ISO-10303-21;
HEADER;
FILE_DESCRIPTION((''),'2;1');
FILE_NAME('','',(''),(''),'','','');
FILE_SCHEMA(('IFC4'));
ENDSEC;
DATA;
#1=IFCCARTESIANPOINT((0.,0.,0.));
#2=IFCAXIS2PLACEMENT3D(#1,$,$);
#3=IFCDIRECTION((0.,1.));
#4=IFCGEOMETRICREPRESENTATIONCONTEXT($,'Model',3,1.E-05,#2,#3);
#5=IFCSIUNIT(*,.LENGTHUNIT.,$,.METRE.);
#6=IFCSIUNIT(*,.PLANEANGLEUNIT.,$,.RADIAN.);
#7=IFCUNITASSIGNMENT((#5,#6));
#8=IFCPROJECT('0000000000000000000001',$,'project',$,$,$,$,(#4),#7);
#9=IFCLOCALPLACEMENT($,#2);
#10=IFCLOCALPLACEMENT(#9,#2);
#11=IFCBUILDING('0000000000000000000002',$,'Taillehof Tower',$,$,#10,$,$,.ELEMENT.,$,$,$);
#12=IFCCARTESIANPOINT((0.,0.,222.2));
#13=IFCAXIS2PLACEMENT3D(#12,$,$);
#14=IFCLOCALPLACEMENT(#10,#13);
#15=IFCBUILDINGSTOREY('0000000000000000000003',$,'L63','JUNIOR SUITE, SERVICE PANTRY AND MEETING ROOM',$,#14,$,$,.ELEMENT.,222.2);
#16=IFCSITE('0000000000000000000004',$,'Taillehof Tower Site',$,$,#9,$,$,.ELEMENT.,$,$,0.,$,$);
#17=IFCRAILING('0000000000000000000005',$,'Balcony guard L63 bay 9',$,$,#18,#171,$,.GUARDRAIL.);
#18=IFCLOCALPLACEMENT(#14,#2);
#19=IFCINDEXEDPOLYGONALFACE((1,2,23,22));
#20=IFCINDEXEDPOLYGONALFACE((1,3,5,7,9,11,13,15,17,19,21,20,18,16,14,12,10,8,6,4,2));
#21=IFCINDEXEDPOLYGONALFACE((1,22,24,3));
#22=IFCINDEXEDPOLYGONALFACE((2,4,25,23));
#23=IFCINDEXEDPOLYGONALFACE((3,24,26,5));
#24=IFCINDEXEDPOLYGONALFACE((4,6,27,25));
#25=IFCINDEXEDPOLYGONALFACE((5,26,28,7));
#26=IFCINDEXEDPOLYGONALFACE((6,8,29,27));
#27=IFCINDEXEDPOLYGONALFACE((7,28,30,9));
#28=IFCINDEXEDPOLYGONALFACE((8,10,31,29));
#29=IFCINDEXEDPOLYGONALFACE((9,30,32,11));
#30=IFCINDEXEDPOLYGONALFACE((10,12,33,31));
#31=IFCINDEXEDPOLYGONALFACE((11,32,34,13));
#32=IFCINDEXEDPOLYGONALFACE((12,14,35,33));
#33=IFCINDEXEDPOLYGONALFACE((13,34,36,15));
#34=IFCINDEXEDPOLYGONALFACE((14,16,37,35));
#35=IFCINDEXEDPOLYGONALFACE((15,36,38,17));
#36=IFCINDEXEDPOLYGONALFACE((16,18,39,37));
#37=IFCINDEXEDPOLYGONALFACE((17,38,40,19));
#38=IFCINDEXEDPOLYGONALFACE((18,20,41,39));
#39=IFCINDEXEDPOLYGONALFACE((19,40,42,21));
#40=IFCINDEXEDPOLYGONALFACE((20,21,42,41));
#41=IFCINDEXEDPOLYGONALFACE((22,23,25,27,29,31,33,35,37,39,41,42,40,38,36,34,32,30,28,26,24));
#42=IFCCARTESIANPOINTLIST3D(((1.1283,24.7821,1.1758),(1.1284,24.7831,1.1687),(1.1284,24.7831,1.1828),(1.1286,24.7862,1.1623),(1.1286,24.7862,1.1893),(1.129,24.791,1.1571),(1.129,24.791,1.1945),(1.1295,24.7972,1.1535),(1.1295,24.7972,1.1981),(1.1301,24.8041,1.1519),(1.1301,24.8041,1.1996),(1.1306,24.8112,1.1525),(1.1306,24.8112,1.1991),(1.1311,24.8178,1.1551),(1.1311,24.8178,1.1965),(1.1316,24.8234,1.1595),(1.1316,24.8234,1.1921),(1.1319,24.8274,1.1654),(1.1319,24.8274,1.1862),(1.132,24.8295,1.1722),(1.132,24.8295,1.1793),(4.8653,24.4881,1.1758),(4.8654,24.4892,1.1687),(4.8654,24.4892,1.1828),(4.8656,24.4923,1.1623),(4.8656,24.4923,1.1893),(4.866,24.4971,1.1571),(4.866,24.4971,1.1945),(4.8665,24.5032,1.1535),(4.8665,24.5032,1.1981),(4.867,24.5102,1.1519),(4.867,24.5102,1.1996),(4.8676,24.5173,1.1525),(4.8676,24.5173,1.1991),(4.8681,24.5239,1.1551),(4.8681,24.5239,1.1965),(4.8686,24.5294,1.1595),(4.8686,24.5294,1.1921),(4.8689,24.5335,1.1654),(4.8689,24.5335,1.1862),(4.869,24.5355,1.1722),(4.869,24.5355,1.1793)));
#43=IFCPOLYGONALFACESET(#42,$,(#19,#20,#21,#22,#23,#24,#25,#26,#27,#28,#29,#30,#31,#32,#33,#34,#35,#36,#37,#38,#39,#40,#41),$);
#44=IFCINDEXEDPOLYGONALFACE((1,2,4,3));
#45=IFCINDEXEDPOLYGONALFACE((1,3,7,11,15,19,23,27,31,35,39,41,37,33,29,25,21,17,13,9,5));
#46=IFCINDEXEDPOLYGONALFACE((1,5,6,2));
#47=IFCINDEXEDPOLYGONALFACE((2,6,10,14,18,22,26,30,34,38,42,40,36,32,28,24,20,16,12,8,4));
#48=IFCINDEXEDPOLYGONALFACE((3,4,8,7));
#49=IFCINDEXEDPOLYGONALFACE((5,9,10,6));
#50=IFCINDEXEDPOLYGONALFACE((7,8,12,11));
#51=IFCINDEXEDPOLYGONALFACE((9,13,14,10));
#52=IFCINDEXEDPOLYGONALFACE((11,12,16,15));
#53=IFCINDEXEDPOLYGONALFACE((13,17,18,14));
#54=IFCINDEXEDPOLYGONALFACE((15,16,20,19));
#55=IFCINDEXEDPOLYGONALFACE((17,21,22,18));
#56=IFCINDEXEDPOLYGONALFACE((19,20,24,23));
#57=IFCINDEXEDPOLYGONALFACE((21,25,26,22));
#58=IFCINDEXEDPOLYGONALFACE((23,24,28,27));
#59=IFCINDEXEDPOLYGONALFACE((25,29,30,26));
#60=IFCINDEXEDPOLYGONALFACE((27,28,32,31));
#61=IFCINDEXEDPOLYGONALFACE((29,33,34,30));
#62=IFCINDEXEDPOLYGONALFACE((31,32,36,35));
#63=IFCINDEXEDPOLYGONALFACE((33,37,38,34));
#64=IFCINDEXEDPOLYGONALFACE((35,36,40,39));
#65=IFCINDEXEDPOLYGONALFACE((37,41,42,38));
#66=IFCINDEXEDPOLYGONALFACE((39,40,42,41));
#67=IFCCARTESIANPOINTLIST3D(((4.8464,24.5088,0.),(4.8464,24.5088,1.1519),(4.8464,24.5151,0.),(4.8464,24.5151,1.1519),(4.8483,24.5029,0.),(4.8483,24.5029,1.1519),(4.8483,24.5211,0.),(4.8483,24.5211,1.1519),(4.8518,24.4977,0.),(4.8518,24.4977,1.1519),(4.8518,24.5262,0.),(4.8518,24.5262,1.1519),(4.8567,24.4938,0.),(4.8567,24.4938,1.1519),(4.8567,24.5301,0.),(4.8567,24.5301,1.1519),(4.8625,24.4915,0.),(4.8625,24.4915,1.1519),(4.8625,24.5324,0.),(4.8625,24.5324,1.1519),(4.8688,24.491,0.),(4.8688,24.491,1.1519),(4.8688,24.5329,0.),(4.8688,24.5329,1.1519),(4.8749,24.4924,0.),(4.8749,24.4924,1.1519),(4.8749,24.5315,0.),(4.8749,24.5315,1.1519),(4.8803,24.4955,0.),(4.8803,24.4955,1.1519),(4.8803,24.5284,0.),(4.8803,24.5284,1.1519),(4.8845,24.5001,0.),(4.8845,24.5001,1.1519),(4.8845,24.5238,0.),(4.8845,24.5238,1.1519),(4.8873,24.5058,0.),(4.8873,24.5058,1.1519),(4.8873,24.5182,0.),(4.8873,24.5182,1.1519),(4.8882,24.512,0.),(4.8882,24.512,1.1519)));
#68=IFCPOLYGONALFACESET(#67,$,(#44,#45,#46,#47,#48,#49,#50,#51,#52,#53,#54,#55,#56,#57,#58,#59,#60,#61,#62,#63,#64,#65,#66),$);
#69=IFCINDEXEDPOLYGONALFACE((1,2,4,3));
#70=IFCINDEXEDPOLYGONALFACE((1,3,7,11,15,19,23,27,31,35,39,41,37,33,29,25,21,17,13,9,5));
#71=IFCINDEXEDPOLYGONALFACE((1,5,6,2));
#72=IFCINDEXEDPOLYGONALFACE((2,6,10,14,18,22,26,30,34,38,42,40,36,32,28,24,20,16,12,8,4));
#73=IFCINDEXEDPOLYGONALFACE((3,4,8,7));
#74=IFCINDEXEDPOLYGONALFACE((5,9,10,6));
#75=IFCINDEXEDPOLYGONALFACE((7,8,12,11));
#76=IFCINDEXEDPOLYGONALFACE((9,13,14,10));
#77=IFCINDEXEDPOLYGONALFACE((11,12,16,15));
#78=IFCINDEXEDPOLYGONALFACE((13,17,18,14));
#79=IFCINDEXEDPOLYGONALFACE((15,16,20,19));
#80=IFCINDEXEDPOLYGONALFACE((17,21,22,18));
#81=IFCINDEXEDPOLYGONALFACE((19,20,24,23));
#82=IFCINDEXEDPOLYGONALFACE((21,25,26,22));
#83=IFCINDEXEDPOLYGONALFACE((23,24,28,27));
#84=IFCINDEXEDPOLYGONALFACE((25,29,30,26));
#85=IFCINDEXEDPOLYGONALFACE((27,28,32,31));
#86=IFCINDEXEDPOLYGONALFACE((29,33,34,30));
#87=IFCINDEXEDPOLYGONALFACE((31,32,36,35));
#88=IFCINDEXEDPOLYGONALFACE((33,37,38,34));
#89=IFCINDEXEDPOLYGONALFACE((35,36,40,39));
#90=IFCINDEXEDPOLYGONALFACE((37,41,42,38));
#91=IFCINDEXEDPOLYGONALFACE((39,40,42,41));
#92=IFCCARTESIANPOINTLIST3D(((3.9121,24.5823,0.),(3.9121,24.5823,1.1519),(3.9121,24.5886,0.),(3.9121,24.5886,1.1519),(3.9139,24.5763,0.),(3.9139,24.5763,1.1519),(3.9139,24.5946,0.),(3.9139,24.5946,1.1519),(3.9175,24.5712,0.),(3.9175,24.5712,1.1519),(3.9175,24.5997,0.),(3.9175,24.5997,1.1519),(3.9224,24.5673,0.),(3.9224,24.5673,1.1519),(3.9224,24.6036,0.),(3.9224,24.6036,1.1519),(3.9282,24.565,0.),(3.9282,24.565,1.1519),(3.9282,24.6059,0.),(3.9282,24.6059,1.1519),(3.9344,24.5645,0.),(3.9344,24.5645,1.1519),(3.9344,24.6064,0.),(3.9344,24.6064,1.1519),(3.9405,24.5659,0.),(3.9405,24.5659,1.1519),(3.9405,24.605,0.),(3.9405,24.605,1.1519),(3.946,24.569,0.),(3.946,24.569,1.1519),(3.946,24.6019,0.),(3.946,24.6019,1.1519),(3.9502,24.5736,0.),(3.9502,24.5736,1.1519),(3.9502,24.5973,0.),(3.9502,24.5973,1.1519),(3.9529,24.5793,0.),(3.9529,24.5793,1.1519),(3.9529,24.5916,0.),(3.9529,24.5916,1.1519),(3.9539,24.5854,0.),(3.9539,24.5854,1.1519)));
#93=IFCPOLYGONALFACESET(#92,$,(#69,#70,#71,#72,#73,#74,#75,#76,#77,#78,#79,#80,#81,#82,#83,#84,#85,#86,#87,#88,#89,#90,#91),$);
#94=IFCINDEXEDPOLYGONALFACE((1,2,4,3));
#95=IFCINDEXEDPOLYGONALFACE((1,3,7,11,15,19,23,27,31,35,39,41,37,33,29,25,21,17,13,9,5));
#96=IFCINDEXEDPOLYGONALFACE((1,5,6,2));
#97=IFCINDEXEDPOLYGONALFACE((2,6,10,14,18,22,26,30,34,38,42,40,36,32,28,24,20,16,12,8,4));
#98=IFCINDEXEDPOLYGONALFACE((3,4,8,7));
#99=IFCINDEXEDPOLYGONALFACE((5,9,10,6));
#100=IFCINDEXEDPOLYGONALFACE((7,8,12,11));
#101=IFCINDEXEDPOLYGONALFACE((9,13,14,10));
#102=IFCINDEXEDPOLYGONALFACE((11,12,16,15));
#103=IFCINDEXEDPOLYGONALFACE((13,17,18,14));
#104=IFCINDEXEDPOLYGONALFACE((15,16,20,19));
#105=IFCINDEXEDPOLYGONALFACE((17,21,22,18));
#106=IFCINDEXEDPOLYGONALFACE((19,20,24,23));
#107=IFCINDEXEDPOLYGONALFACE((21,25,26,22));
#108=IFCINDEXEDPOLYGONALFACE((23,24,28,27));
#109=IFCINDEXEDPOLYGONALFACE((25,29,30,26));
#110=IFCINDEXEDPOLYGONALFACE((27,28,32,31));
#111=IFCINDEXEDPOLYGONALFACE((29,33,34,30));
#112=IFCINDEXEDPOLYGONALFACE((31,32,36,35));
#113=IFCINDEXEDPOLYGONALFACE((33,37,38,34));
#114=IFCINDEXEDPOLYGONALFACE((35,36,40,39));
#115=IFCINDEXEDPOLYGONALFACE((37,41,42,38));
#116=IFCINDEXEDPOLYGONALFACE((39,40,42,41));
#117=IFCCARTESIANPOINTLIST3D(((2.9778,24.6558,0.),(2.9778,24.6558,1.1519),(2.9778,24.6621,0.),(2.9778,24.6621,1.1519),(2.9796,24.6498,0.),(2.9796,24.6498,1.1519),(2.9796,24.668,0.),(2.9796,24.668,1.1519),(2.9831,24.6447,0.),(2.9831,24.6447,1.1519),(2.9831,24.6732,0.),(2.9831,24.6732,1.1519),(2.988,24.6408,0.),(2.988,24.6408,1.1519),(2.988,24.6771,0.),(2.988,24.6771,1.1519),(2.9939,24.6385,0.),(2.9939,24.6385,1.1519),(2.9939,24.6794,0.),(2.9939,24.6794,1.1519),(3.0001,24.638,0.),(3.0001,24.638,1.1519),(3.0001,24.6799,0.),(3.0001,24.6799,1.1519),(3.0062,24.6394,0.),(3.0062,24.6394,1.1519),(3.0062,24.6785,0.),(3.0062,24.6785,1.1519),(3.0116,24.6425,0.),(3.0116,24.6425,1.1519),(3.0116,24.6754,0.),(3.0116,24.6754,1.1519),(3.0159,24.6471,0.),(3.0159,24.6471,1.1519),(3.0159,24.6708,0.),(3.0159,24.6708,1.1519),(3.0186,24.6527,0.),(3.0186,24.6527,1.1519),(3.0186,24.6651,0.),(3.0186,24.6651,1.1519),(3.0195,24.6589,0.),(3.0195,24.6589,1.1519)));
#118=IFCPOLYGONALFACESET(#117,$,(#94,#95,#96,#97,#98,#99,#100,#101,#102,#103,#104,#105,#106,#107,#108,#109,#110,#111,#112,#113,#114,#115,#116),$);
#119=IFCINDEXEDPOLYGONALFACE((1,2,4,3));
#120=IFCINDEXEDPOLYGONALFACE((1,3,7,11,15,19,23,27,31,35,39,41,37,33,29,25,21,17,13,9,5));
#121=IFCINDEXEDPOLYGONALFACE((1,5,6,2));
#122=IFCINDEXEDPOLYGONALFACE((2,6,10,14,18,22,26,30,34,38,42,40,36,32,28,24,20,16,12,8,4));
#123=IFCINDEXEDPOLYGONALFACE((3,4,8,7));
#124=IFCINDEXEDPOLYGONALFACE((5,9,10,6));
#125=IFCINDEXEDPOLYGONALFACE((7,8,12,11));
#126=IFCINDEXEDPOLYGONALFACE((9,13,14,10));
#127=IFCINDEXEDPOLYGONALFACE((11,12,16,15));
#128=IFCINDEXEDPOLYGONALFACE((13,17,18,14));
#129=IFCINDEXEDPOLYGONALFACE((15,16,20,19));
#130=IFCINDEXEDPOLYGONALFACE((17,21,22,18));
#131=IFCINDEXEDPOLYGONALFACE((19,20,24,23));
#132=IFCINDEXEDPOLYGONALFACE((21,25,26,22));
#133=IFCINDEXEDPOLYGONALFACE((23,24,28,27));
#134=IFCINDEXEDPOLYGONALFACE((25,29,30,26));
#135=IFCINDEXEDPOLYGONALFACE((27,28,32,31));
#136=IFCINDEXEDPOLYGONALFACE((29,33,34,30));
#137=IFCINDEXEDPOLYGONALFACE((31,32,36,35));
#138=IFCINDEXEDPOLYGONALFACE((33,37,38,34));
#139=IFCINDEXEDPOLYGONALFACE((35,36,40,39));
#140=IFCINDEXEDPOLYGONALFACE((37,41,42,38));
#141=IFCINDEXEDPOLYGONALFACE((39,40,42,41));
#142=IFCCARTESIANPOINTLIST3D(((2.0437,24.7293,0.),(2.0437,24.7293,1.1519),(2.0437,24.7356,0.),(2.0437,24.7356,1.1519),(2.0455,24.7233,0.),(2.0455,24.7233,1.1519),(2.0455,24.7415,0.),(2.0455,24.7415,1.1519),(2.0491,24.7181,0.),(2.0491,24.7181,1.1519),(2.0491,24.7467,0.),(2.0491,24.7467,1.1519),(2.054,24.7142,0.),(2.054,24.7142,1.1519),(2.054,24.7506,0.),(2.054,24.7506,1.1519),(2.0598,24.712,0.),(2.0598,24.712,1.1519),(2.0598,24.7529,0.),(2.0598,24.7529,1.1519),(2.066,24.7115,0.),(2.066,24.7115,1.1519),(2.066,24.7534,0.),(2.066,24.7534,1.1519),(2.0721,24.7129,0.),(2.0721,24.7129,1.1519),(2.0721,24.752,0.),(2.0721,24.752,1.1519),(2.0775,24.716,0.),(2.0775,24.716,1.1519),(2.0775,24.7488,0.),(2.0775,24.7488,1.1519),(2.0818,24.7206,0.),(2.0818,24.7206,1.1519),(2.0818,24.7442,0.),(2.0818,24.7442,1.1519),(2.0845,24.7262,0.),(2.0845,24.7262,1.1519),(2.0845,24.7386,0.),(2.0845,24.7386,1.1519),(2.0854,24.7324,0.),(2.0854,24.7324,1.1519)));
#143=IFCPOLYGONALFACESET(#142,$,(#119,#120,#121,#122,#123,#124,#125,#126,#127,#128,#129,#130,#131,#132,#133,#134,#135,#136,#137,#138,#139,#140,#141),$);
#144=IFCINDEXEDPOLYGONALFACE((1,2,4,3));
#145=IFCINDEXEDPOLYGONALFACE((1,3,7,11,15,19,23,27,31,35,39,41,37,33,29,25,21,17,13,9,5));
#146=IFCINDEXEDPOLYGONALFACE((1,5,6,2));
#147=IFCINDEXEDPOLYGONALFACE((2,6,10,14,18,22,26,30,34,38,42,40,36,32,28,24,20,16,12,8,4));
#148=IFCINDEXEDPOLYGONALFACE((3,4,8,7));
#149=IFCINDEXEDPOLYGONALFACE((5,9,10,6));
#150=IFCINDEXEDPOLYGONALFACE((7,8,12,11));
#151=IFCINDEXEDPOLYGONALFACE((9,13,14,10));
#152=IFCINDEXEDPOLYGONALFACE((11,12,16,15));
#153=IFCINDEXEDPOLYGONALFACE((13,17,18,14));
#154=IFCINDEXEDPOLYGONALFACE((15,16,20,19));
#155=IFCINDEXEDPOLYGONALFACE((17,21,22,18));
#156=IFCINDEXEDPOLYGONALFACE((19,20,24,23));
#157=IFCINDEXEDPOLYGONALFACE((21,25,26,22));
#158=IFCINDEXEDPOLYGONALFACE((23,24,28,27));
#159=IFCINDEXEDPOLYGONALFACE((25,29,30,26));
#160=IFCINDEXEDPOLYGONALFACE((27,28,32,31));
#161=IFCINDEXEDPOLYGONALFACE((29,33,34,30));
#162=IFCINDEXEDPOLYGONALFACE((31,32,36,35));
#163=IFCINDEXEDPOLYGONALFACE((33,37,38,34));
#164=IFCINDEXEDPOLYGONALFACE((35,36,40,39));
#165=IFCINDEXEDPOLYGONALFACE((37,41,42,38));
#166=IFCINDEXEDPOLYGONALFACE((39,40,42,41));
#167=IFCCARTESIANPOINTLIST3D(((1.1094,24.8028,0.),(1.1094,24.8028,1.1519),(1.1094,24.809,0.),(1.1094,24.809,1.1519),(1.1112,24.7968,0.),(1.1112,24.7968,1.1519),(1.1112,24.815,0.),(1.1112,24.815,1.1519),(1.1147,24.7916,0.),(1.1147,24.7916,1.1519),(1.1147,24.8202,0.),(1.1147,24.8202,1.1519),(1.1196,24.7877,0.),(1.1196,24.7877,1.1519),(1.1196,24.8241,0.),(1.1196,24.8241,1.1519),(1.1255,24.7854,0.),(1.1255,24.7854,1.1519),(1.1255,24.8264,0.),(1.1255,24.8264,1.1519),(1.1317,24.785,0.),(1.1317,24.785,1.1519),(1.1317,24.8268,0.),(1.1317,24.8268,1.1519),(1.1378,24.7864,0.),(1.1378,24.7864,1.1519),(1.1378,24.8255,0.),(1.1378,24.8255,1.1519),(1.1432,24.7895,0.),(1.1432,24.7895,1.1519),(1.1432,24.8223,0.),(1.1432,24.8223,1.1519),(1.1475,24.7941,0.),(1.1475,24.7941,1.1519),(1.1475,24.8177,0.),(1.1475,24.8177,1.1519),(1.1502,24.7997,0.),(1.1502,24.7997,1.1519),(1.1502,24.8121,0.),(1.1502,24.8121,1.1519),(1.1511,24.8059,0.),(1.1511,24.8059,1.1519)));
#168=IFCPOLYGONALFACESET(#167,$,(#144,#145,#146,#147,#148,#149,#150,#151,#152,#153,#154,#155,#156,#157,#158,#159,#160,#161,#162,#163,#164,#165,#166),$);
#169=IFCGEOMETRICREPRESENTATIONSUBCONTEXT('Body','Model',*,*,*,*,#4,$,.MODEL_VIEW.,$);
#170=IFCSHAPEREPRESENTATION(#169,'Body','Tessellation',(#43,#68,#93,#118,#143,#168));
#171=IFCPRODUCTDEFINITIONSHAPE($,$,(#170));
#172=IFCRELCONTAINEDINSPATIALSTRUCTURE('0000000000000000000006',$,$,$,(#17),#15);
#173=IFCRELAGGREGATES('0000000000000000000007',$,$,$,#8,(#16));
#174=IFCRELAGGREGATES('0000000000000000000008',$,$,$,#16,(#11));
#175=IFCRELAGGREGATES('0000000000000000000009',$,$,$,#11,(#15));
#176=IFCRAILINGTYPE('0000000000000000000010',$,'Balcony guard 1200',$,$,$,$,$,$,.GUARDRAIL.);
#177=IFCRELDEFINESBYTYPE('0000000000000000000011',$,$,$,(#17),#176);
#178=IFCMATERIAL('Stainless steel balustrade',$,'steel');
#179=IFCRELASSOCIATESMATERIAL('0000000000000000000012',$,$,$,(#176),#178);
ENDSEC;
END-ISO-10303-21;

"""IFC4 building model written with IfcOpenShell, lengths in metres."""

from ifc_helpers import new_model, si_unit, direction, frame, origin, origin_2d, place, context, subcontext, project, spatial, circle, extrude, material, type_object, element, save


model = new_model("IFC4")

# Units and contexts
model_context = context("Model", 3, precision=1e-05, world=origin(), true_north=direction((0.0, 1.0)))
body_context = subcontext(model_context, "Body", "Model", "MODEL_VIEW")
ifc_project = project(units=[si_unit("LENGTHUNIT", "METRE"), si_unit("PLANEANGLEUNIT", "RADIAN")], contexts=[model_context])

# Site, building, storey
site_placement = place(None, origin())
site = spatial("IfcSite", under=ifc_project, at=site_placement, Name="Taillehof Tower Site", CompositionType="ELEMENT", RefElevation=0.0)
building_placement = place(site_placement, origin())
building = spatial("IfcBuilding", under=site, at=building_placement, Name="Taillehof Tower", CompositionType="ELEMENT")
storey_placement = place(building_placement, frame((0.0, 0.0, 222.2)))
storey = spatial("IfcBuildingStorey", under=building, at=storey_placement, Name="L63", Description="JUNIOR SUITE, SERVICE PANTRY AND MEETING ROOM", CompositionType="ELEMENT", Elevation=222.2)

# Railing
ifc_material_1 = material(Name="Stainless steel balustrade", Category="steel")
railing_type = type_object("IfcRailingType", Name="Balcony guard 1200", PredefinedType="GUARDRAIL", material=ifc_material_1)
railing_1_placement = place(storey_placement, frame((4.8672, 24.512, 0.0)))
element("IfcRailing", 1, at=railing_1_placement, inside=storey, type_object=railing_type, Name="Balcony guard L63 bay 9", PredefinedType="GUARDRAIL", context=body_context, shape_type="SweptSolid", body=[
    extrude(circle(Radius=0.0239, at=origin_2d()), frame((0.0, 0.0, 1.1758), z_axis=(-0.996921, 0.078415, 0.0), x_axis=(-0.078415, -0.996921, 0.0)), (0.0, 0.0, 1.0), 3.7485),
    extrude(circle(Radius=0.021, at=origin_2d()), origin(), (0.0, 0.0, 1.0), 1.1519),
    extrude(circle(Radius=0.021, at=origin_2d()), frame((-0.9343, 0.0735, 0.0)), (0.0, 0.0, 1.0), 1.1519),
    extrude(circle(Radius=0.021, at=origin_2d()), frame((-1.8687, 0.147, 0.0)), (0.0, 0.0, 1.0), 1.1519),
    extrude(circle(Radius=0.021, at=origin_2d()), frame((-2.8027, 0.2205, 0.0)), (0.0, 0.0, 1.0), 1.1519),
    extrude(circle(Radius=0.021, at=origin_2d()), frame((-3.7371, 0.2939, 0.0)), (0.0, 0.0, 1.0), 1.1519),
])

save(model, "model.ifc")
